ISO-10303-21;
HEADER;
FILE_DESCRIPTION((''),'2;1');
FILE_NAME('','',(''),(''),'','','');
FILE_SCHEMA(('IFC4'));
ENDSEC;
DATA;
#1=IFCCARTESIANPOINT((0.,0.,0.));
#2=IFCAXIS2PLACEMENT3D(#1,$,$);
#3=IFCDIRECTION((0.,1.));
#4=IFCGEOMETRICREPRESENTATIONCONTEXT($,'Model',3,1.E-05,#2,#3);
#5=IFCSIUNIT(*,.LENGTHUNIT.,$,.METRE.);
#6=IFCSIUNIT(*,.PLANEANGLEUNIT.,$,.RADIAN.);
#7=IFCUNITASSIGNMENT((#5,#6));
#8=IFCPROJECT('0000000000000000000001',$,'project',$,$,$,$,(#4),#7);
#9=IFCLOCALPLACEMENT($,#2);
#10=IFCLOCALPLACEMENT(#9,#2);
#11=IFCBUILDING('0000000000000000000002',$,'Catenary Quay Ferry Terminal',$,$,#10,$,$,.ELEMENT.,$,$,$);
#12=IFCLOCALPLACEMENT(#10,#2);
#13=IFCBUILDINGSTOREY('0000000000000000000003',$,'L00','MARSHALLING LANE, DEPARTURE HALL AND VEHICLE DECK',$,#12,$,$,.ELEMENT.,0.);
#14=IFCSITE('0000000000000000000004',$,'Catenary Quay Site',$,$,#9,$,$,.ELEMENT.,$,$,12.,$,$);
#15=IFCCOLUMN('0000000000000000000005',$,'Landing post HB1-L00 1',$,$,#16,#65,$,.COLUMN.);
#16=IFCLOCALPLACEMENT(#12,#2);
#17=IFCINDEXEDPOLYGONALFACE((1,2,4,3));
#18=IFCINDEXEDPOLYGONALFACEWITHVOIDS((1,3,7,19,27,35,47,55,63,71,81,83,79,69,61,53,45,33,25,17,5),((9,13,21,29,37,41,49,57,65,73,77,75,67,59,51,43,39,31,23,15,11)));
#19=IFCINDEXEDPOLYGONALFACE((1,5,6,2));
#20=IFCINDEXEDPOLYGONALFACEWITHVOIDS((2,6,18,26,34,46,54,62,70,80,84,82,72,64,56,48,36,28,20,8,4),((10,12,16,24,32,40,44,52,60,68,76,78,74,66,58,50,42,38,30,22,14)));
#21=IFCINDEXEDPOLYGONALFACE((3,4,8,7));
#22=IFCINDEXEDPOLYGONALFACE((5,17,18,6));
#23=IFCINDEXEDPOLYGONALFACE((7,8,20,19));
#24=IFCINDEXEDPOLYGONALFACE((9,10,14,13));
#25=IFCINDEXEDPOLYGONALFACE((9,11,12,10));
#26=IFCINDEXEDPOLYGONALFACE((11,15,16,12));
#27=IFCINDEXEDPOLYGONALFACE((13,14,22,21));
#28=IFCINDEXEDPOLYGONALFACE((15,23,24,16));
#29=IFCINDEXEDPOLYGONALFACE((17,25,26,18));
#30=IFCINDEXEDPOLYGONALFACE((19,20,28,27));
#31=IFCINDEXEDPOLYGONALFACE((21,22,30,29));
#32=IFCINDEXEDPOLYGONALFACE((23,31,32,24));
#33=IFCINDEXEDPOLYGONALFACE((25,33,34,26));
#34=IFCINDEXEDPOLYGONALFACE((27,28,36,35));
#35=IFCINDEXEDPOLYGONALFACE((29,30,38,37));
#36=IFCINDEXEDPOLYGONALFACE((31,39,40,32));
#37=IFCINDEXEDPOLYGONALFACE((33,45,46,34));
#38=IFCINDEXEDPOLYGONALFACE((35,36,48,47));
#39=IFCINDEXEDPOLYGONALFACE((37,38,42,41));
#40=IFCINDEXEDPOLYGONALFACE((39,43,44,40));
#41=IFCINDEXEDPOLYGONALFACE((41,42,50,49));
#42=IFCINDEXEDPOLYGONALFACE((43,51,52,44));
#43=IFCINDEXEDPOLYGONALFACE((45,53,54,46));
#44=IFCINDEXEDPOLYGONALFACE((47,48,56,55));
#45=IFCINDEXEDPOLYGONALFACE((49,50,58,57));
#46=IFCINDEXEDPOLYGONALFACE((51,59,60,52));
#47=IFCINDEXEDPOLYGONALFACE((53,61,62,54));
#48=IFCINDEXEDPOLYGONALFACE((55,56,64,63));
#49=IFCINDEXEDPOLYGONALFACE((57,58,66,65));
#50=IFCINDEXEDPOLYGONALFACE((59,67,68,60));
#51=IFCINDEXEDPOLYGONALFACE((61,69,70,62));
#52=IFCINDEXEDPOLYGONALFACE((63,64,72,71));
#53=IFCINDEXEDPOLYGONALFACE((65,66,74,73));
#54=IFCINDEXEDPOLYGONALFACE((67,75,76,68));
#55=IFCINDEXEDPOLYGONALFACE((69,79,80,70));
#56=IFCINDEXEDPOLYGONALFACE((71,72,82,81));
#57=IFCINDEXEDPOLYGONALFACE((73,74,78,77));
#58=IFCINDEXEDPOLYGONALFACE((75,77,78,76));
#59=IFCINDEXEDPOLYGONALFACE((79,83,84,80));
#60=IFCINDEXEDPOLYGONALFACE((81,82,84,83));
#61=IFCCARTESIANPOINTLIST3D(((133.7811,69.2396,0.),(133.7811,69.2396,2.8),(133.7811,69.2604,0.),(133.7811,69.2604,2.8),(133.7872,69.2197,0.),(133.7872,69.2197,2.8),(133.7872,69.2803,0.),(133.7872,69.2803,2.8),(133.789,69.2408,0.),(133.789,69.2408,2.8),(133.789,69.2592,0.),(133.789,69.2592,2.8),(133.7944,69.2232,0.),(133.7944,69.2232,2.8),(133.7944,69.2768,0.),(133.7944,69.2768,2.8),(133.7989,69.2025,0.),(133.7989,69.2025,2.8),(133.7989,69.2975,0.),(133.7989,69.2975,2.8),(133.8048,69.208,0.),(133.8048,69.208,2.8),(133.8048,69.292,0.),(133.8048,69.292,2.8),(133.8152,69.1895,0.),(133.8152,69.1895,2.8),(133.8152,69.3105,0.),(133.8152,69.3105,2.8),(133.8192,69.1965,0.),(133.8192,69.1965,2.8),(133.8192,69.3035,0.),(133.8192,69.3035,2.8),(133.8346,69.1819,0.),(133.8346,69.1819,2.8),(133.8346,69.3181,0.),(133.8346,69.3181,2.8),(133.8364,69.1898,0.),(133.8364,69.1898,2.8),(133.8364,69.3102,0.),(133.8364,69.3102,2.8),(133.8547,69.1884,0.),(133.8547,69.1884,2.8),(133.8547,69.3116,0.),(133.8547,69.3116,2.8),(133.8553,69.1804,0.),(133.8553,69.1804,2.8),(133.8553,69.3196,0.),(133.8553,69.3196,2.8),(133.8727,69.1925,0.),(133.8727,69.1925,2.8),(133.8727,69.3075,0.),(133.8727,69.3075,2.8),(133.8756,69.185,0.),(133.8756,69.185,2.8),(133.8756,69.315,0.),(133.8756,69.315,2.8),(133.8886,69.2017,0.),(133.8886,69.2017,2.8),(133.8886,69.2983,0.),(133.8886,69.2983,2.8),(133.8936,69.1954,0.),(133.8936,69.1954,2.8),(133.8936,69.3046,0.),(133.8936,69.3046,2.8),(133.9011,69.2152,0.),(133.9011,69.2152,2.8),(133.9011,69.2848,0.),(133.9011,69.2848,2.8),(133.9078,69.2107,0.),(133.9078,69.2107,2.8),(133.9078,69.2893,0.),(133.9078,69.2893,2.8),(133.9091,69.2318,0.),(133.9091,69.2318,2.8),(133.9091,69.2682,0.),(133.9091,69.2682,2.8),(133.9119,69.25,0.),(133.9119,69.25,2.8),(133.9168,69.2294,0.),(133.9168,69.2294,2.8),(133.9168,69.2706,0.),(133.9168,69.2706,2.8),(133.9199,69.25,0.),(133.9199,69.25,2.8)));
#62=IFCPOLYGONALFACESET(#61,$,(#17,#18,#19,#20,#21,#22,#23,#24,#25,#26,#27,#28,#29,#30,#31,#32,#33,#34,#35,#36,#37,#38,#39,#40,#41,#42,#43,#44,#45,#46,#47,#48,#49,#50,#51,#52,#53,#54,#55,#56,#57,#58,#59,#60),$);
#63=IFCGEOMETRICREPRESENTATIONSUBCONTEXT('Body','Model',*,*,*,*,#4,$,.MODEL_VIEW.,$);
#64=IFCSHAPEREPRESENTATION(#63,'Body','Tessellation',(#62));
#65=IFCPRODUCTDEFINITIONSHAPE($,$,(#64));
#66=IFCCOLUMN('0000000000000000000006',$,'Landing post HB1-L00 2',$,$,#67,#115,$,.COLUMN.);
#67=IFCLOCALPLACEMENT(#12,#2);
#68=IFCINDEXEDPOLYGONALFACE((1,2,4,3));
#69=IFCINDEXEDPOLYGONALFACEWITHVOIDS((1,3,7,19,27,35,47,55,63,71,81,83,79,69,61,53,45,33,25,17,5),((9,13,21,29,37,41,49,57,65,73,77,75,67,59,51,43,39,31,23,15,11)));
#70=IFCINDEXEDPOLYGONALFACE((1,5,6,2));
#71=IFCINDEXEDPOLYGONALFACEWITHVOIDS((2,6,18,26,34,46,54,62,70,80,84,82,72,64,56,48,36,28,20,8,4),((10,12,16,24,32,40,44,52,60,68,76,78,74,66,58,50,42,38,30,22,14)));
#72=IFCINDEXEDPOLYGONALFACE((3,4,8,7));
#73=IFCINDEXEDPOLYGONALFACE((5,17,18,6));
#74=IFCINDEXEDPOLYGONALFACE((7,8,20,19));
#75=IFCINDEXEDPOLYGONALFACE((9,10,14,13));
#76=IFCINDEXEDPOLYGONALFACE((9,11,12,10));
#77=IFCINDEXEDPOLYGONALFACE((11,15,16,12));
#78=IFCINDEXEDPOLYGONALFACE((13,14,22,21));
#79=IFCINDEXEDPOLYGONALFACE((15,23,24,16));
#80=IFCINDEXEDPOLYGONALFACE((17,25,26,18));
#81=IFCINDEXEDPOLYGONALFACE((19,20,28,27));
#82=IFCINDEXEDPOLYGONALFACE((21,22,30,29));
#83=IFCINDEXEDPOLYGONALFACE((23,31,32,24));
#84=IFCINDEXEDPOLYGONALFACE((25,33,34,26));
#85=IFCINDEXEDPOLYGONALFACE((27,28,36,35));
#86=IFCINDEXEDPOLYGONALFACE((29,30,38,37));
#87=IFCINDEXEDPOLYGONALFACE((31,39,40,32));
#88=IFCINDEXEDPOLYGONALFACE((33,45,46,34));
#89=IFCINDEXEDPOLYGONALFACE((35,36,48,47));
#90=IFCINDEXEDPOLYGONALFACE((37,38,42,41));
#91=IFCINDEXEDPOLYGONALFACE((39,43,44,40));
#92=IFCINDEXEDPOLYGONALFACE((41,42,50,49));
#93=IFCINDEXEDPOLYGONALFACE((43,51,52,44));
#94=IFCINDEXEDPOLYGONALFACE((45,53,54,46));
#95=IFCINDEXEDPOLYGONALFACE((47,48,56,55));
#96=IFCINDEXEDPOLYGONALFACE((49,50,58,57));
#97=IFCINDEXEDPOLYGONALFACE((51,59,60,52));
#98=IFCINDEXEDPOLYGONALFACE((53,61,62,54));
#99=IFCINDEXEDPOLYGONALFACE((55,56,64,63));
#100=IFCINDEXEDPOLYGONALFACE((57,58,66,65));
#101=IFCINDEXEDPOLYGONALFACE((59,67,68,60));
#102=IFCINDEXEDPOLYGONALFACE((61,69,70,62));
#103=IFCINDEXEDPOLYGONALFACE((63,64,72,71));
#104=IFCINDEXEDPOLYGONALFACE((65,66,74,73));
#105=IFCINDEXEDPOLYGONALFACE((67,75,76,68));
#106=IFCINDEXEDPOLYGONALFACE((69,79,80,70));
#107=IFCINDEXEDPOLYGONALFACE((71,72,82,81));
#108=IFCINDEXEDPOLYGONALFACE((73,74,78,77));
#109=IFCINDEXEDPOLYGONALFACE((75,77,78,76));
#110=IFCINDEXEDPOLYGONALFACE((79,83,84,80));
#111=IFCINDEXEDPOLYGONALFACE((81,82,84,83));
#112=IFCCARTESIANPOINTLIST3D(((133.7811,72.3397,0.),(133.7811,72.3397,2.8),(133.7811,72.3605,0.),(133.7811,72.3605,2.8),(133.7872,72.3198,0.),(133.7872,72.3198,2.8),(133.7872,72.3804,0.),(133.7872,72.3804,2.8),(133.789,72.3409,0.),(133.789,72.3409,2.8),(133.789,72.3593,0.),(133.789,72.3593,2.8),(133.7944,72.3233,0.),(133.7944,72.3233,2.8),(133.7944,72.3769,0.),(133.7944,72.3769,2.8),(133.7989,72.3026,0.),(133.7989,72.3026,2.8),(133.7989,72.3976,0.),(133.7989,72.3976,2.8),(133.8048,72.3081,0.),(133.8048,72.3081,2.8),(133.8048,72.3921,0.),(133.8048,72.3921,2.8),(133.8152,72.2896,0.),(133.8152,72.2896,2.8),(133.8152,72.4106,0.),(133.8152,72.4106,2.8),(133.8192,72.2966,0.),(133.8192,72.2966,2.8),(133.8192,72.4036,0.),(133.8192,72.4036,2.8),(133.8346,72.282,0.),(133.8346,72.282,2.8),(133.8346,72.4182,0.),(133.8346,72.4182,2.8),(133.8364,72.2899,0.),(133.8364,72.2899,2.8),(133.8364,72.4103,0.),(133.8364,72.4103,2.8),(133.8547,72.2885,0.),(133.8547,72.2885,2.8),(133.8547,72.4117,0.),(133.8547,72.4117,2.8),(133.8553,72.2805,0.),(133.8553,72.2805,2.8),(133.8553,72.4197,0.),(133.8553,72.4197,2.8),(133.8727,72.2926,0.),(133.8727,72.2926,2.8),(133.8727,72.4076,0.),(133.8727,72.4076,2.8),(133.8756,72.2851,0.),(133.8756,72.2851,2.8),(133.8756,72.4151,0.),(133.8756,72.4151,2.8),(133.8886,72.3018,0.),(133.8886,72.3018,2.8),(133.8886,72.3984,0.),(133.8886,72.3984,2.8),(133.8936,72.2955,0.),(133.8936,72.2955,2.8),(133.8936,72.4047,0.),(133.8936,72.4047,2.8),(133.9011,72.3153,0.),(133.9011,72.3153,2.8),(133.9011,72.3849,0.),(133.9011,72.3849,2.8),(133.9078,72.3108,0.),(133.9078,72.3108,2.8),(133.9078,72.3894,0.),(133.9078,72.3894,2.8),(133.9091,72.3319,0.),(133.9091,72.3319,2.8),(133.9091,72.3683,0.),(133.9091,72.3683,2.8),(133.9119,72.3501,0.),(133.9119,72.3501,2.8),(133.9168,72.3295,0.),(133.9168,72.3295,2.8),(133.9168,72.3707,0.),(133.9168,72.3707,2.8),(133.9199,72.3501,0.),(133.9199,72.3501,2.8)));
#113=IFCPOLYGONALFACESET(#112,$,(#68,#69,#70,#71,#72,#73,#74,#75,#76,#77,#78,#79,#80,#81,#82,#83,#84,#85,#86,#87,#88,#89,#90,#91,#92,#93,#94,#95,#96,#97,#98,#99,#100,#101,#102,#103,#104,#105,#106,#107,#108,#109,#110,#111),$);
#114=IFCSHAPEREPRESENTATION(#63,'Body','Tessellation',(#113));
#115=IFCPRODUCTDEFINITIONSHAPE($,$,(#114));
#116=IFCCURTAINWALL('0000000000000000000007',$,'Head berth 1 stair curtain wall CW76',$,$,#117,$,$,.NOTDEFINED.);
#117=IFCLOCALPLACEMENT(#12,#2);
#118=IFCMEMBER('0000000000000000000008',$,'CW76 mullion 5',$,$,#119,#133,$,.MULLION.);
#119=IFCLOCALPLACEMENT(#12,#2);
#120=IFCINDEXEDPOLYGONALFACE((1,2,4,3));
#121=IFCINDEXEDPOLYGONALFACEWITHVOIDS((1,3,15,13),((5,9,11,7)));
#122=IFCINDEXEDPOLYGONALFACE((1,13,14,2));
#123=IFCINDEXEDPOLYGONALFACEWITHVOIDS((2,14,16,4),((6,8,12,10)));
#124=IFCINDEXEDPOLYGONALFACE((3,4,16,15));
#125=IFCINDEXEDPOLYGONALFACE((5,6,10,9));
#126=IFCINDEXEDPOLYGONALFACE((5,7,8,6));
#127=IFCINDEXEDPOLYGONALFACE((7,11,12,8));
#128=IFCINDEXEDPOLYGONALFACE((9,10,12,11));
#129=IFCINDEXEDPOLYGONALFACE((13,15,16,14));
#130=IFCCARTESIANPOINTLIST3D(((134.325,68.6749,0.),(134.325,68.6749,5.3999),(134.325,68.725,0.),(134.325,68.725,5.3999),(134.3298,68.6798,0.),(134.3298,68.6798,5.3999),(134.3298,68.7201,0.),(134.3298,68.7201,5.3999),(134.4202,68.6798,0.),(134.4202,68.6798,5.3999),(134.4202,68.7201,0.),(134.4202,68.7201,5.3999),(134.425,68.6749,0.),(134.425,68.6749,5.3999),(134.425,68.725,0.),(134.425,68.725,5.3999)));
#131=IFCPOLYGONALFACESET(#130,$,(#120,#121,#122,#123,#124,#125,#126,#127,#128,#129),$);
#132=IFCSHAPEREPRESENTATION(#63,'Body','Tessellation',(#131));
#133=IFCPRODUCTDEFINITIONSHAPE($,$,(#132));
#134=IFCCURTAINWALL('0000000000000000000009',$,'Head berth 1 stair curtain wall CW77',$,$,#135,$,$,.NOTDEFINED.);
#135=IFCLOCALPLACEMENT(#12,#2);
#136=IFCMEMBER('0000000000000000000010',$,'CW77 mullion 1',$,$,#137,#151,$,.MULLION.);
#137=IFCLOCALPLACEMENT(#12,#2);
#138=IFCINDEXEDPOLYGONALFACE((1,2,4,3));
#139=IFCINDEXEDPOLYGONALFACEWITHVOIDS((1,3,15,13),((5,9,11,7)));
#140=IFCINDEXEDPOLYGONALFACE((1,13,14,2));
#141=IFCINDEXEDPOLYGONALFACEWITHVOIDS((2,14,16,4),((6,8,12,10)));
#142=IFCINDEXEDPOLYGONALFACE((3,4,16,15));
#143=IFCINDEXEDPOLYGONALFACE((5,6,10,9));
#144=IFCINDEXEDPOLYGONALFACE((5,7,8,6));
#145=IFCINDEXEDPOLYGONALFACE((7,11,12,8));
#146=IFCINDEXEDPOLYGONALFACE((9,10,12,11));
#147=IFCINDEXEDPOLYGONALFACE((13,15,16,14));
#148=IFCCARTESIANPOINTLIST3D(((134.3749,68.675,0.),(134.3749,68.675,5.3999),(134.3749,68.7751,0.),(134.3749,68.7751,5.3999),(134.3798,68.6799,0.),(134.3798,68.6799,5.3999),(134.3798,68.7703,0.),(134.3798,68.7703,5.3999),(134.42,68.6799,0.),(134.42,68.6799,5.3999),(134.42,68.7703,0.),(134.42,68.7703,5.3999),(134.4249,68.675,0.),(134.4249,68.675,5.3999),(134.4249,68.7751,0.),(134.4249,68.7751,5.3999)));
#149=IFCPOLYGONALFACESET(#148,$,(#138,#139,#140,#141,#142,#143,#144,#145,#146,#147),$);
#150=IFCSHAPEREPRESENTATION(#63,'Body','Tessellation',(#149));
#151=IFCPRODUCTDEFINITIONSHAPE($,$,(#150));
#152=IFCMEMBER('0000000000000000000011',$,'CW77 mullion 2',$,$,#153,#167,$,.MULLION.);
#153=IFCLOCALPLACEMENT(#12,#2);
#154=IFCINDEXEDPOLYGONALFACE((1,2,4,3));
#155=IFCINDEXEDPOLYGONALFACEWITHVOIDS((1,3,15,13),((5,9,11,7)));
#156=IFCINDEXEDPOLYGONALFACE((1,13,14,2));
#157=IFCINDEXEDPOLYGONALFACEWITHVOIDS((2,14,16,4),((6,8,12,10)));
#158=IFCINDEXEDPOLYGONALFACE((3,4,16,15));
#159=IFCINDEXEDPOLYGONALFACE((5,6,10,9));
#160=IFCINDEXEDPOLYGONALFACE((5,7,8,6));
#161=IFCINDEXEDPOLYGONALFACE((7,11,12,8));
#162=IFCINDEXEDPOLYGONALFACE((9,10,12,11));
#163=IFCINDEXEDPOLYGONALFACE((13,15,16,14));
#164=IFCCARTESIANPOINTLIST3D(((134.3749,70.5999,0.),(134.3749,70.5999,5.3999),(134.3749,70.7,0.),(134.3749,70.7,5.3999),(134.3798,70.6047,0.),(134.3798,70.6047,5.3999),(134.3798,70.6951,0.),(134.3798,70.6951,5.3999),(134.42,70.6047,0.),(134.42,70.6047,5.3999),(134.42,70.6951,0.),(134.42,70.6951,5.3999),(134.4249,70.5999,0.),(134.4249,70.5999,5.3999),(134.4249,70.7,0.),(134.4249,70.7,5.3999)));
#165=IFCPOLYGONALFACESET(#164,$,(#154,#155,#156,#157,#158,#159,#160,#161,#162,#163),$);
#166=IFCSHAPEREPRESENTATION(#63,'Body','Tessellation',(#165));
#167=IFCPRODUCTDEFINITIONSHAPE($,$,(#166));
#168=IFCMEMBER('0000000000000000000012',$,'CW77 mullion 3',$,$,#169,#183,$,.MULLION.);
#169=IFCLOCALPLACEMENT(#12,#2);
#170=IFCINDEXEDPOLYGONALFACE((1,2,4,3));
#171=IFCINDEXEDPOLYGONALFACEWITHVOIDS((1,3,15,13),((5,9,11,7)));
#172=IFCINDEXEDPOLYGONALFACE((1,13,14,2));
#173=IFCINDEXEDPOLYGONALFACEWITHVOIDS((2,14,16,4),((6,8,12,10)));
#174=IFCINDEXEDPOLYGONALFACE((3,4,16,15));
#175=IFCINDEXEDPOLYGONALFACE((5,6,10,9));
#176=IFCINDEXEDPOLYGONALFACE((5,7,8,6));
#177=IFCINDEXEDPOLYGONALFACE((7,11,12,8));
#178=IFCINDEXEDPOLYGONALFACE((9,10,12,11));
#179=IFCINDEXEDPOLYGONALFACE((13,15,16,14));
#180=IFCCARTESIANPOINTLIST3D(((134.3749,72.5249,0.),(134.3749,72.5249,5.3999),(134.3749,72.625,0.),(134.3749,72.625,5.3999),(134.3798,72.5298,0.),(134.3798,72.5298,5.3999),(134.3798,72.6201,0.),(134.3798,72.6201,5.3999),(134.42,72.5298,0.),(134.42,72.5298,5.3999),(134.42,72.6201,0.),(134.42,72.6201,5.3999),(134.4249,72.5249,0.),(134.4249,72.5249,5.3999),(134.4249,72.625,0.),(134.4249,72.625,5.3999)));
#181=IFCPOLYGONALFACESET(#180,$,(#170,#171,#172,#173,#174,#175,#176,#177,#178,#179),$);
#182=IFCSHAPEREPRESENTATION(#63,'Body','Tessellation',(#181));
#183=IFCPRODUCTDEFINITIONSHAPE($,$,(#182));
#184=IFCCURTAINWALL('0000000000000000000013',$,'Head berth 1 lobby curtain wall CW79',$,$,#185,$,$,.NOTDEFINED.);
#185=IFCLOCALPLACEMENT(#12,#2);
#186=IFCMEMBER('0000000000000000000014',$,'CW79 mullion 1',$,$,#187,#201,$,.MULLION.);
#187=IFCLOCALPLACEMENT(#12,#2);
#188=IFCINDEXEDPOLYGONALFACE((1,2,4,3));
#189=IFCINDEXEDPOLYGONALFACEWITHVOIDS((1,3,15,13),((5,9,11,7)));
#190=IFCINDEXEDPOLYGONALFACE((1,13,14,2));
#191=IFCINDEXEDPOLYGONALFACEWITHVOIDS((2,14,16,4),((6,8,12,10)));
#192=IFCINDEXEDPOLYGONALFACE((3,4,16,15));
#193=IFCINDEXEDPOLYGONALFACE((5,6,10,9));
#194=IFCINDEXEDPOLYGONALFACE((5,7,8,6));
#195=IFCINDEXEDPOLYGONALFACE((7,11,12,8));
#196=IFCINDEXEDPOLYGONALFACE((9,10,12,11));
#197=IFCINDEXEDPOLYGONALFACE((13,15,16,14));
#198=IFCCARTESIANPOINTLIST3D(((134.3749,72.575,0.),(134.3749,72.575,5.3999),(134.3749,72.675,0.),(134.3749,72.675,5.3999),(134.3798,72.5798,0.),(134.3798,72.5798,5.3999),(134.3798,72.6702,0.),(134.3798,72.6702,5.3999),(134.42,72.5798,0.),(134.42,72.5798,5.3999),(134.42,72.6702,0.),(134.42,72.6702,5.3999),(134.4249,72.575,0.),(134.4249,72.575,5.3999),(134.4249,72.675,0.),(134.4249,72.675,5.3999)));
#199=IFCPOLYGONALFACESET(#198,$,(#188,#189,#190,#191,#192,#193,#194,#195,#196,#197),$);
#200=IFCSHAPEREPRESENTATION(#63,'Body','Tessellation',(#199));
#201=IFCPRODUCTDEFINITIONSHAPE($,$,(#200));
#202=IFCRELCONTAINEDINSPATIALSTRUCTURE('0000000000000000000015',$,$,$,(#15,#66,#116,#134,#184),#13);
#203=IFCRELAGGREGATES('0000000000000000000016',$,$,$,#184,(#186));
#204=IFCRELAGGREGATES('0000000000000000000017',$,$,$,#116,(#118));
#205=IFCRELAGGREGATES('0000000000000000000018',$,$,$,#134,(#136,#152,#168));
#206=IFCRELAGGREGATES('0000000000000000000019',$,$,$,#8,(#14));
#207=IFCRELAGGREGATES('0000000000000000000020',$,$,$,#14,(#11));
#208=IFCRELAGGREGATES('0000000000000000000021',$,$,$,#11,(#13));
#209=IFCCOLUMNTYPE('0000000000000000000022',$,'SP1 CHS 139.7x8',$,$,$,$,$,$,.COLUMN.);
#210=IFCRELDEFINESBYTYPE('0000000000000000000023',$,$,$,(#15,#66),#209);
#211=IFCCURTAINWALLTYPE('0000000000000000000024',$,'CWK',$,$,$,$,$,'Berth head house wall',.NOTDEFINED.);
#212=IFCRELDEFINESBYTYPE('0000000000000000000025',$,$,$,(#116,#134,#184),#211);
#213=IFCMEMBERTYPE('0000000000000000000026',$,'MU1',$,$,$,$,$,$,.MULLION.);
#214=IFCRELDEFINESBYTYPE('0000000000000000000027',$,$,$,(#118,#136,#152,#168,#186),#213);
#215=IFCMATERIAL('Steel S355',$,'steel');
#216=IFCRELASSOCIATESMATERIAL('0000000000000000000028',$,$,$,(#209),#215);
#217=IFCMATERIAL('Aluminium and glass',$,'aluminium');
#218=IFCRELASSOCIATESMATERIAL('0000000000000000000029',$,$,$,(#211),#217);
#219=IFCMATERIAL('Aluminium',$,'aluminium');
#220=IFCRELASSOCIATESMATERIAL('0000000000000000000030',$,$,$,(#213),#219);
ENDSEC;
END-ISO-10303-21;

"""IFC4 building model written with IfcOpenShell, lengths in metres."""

from ifc_helpers import new_model, si_unit, direction, frame, origin, origin_2d, place, context, subcontext, project, spatial, hollow_rectangle, hollow_circle, extrude, material, material_profile, profile_set, type_object, element, aggregate, save


model = new_model("IFC4")

# Units and contexts
model_context = context("Model", 3, precision=1e-05, world=origin(), true_north=direction((0.0, 1.0)))
body_context = subcontext(model_context, "Body", "Model", "MODEL_VIEW")
ifc_project = project(units=[si_unit("LENGTHUNIT", "METRE"), si_unit("PLANEANGLEUNIT", "RADIAN")], contexts=[model_context])

# Site, building, storey
site_placement = place(None, origin())
site = spatial("IfcSite", under=ifc_project, at=site_placement, Name="Catenary Quay Site", CompositionType="ELEMENT", RefElevation=12.0)
building_placement = place(site_placement, origin())
building = spatial("IfcBuilding", under=site, at=building_placement, Name="Catenary Quay Ferry Terminal", CompositionType="ELEMENT")
storey_placement = place(building_placement, origin())
storey = spatial("IfcBuildingStorey", under=building, at=storey_placement, Name="L00", Description="MARSHALLING LANE, DEPARTURE HALL AND VEHICLE DECK", CompositionType="ELEMENT", Elevation=0.0)

# Columns
ifc_material_1 = material(Name="Steel S355", Category="steel")
ifc_material_profile_1 = material_profile(ifc_material_1, hollow_circle(Radius=0.0698, WallThickness=0.0081, at=origin_2d()), Name="CHS 139.7x8")
ifc_profile_set_1 = profile_set([ifc_material_profile_1], Name="Steel S355")
column_type_1 = type_object("IfcColumnType", Name="SP1 CHS 139.7x8", PredefinedType="COLUMN", material=ifc_profile_set_1)
for number, where, z_axis, x_axis, name in (
    (1, (133.8501, 69.25, 0.0), (0.0, 0.0, 1.0), (1.0, 0.0, 0.0), "Landing post HB1-L00 1"),
    (2, (133.8501, 72.3501, 0.0), (0.0, 0.0, 1.0), (1.0, 0.0, 0.0), "Landing post HB1-L00 2"),
):
    element("IfcColumn", number, at=place(storey_placement, frame(where, z_axis=z_axis, x_axis=x_axis)), inside=storey, type_object=column_type_1, Name=name, PredefinedType="COLUMN", context=body_context, shape_type="SweptSolid", body=[
        extrude(hollow_circle(Radius=0.0698, WallThickness=0.0081, at=origin_2d()), origin(), (0.0, 0.0, 1.0), 2.8),
    ])

# Curtain wall, member
ifc_material_2 = material(Name="Aluminium and glass", Category="aluminium")
curtain_wall_type = type_object("IfcCurtainWallType", Name="CWK", ElementType="Berth head house wall", PredefinedType="NOTDEFINED", material=ifc_material_2)
curtain_wall_1_placement = place(storey_placement, origin())
curtain_wall_1 = element("IfcCurtainWall", 3, at=curtain_wall_1_placement, inside=storey, type_object=curtain_wall_type, Name="Head berth 1 stair curtain wall CW76", PredefinedType="NOTDEFINED")
ifc_material_3 = material(Name="Aluminium", Category="aluminium")
ifc_material_profile_2 = material_profile(ifc_material_3, hollow_rectangle(XDim=0.05, YDim=0.1001, WallThickness=0.0049, at=origin_2d()), Name="MU1")
ifc_profile_set_2 = profile_set([ifc_material_profile_2], Name="Aluminium")
member_type_1 = type_object("IfcMemberType", Name="MU1", PredefinedType="MULLION", material=ifc_profile_set_2)
member_1_placement = place(storey_placement, frame((134.375, 68.7, 0.0), z_axis=(0.0, 0.0, 1.0), x_axis=(0.0, 1.0, 0.0)))
member_1 = element("IfcMember", 4, at=member_1_placement, type_object=member_type_1, Name="CW76 mullion 5", PredefinedType="MULLION", context=body_context, shape_type="SweptSolid", body=[
    extrude(hollow_rectangle(XDim=0.05, YDim=0.1001, WallThickness=0.0049, at=origin_2d()), origin(), (0.0, 0.0, 1.0), 5.3999),
])

# Curtain wall, members
curtain_wall_2_placement = place(storey_placement, origin())
curtain_wall_2 = element("IfcCurtainWall", 5, at=curtain_wall_2_placement, inside=storey, type_object=curtain_wall_type, Name="Head berth 1 stair curtain wall CW77", PredefinedType="NOTDEFINED")
member_2_placement = place(storey_placement, frame((134.3999, 68.7251, 0.0), z_axis=(0.0, 0.0, 1.0), x_axis=(-1.0, 0.0, 0.0)))
member_2 = element("IfcMember", 6, at=member_2_placement, type_object=member_type_1, Name="CW77 mullion 1", PredefinedType="MULLION", context=body_context, shape_type="SweptSolid", body=[
    extrude(hollow_rectangle(XDim=0.05, YDim=0.1001, WallThickness=0.0049, at=origin_2d()), origin(), (0.0, 0.0, 1.0), 5.3999),
])
member_3_placement = place(storey_placement, frame((134.3999, 70.6499, 0.0), z_axis=(0.0, 0.0, 1.0), x_axis=(-1.0, 0.0, 0.0)))
member_3 = element("IfcMember", 7, at=member_3_placement, type_object=member_type_1, Name="CW77 mullion 2", PredefinedType="MULLION", context=body_context, shape_type="SweptSolid", body=[
    extrude(hollow_rectangle(XDim=0.05, YDim=0.1001, WallThickness=0.0049, at=origin_2d()), origin(), (0.0, 0.0, 1.0), 5.3999),
])
member_4_placement = place(storey_placement, frame((134.3999, 72.575, 0.0), z_axis=(0.0, 0.0, 1.0), x_axis=(-1.0, 0.0, 0.0)))
member_4 = element("IfcMember", 8, at=member_4_placement, type_object=member_type_1, Name="CW77 mullion 3", PredefinedType="MULLION", context=body_context, shape_type="SweptSolid", body=[
    extrude(hollow_rectangle(XDim=0.05, YDim=0.1001, WallThickness=0.0049, at=origin_2d()), origin(), (0.0, 0.0, 1.0), 5.3999),
])

# Curtain wall, member
curtain_wall_3_placement = place(storey_placement, origin())
curtain_wall_3 = element("IfcCurtainWall", 9, at=curtain_wall_3_placement, inside=storey, type_object=curtain_wall_type, Name="Head berth 1 lobby curtain wall CW79", PredefinedType="NOTDEFINED")
member_5_placement = place(storey_placement, frame((134.3999, 72.625, 0.0), z_axis=(0.0, 0.0, 1.0), x_axis=(-1.0, 0.0, 0.0)))
member_5 = element("IfcMember", 10, at=member_5_placement, type_object=member_type_1, Name="CW79 mullion 1", PredefinedType="MULLION", context=body_context, shape_type="SweptSolid", body=[
    extrude(hollow_rectangle(XDim=0.05, YDim=0.1001, WallThickness=0.0049, at=origin_2d()), origin(), (0.0, 0.0, 1.0), 5.3999),
])

aggregate(curtain_wall_3, [member_5])

aggregate(curtain_wall_1, [member_1])
aggregate(curtain_wall_2, [member_2, member_3, member_4])

save(model, "model.ifc")
